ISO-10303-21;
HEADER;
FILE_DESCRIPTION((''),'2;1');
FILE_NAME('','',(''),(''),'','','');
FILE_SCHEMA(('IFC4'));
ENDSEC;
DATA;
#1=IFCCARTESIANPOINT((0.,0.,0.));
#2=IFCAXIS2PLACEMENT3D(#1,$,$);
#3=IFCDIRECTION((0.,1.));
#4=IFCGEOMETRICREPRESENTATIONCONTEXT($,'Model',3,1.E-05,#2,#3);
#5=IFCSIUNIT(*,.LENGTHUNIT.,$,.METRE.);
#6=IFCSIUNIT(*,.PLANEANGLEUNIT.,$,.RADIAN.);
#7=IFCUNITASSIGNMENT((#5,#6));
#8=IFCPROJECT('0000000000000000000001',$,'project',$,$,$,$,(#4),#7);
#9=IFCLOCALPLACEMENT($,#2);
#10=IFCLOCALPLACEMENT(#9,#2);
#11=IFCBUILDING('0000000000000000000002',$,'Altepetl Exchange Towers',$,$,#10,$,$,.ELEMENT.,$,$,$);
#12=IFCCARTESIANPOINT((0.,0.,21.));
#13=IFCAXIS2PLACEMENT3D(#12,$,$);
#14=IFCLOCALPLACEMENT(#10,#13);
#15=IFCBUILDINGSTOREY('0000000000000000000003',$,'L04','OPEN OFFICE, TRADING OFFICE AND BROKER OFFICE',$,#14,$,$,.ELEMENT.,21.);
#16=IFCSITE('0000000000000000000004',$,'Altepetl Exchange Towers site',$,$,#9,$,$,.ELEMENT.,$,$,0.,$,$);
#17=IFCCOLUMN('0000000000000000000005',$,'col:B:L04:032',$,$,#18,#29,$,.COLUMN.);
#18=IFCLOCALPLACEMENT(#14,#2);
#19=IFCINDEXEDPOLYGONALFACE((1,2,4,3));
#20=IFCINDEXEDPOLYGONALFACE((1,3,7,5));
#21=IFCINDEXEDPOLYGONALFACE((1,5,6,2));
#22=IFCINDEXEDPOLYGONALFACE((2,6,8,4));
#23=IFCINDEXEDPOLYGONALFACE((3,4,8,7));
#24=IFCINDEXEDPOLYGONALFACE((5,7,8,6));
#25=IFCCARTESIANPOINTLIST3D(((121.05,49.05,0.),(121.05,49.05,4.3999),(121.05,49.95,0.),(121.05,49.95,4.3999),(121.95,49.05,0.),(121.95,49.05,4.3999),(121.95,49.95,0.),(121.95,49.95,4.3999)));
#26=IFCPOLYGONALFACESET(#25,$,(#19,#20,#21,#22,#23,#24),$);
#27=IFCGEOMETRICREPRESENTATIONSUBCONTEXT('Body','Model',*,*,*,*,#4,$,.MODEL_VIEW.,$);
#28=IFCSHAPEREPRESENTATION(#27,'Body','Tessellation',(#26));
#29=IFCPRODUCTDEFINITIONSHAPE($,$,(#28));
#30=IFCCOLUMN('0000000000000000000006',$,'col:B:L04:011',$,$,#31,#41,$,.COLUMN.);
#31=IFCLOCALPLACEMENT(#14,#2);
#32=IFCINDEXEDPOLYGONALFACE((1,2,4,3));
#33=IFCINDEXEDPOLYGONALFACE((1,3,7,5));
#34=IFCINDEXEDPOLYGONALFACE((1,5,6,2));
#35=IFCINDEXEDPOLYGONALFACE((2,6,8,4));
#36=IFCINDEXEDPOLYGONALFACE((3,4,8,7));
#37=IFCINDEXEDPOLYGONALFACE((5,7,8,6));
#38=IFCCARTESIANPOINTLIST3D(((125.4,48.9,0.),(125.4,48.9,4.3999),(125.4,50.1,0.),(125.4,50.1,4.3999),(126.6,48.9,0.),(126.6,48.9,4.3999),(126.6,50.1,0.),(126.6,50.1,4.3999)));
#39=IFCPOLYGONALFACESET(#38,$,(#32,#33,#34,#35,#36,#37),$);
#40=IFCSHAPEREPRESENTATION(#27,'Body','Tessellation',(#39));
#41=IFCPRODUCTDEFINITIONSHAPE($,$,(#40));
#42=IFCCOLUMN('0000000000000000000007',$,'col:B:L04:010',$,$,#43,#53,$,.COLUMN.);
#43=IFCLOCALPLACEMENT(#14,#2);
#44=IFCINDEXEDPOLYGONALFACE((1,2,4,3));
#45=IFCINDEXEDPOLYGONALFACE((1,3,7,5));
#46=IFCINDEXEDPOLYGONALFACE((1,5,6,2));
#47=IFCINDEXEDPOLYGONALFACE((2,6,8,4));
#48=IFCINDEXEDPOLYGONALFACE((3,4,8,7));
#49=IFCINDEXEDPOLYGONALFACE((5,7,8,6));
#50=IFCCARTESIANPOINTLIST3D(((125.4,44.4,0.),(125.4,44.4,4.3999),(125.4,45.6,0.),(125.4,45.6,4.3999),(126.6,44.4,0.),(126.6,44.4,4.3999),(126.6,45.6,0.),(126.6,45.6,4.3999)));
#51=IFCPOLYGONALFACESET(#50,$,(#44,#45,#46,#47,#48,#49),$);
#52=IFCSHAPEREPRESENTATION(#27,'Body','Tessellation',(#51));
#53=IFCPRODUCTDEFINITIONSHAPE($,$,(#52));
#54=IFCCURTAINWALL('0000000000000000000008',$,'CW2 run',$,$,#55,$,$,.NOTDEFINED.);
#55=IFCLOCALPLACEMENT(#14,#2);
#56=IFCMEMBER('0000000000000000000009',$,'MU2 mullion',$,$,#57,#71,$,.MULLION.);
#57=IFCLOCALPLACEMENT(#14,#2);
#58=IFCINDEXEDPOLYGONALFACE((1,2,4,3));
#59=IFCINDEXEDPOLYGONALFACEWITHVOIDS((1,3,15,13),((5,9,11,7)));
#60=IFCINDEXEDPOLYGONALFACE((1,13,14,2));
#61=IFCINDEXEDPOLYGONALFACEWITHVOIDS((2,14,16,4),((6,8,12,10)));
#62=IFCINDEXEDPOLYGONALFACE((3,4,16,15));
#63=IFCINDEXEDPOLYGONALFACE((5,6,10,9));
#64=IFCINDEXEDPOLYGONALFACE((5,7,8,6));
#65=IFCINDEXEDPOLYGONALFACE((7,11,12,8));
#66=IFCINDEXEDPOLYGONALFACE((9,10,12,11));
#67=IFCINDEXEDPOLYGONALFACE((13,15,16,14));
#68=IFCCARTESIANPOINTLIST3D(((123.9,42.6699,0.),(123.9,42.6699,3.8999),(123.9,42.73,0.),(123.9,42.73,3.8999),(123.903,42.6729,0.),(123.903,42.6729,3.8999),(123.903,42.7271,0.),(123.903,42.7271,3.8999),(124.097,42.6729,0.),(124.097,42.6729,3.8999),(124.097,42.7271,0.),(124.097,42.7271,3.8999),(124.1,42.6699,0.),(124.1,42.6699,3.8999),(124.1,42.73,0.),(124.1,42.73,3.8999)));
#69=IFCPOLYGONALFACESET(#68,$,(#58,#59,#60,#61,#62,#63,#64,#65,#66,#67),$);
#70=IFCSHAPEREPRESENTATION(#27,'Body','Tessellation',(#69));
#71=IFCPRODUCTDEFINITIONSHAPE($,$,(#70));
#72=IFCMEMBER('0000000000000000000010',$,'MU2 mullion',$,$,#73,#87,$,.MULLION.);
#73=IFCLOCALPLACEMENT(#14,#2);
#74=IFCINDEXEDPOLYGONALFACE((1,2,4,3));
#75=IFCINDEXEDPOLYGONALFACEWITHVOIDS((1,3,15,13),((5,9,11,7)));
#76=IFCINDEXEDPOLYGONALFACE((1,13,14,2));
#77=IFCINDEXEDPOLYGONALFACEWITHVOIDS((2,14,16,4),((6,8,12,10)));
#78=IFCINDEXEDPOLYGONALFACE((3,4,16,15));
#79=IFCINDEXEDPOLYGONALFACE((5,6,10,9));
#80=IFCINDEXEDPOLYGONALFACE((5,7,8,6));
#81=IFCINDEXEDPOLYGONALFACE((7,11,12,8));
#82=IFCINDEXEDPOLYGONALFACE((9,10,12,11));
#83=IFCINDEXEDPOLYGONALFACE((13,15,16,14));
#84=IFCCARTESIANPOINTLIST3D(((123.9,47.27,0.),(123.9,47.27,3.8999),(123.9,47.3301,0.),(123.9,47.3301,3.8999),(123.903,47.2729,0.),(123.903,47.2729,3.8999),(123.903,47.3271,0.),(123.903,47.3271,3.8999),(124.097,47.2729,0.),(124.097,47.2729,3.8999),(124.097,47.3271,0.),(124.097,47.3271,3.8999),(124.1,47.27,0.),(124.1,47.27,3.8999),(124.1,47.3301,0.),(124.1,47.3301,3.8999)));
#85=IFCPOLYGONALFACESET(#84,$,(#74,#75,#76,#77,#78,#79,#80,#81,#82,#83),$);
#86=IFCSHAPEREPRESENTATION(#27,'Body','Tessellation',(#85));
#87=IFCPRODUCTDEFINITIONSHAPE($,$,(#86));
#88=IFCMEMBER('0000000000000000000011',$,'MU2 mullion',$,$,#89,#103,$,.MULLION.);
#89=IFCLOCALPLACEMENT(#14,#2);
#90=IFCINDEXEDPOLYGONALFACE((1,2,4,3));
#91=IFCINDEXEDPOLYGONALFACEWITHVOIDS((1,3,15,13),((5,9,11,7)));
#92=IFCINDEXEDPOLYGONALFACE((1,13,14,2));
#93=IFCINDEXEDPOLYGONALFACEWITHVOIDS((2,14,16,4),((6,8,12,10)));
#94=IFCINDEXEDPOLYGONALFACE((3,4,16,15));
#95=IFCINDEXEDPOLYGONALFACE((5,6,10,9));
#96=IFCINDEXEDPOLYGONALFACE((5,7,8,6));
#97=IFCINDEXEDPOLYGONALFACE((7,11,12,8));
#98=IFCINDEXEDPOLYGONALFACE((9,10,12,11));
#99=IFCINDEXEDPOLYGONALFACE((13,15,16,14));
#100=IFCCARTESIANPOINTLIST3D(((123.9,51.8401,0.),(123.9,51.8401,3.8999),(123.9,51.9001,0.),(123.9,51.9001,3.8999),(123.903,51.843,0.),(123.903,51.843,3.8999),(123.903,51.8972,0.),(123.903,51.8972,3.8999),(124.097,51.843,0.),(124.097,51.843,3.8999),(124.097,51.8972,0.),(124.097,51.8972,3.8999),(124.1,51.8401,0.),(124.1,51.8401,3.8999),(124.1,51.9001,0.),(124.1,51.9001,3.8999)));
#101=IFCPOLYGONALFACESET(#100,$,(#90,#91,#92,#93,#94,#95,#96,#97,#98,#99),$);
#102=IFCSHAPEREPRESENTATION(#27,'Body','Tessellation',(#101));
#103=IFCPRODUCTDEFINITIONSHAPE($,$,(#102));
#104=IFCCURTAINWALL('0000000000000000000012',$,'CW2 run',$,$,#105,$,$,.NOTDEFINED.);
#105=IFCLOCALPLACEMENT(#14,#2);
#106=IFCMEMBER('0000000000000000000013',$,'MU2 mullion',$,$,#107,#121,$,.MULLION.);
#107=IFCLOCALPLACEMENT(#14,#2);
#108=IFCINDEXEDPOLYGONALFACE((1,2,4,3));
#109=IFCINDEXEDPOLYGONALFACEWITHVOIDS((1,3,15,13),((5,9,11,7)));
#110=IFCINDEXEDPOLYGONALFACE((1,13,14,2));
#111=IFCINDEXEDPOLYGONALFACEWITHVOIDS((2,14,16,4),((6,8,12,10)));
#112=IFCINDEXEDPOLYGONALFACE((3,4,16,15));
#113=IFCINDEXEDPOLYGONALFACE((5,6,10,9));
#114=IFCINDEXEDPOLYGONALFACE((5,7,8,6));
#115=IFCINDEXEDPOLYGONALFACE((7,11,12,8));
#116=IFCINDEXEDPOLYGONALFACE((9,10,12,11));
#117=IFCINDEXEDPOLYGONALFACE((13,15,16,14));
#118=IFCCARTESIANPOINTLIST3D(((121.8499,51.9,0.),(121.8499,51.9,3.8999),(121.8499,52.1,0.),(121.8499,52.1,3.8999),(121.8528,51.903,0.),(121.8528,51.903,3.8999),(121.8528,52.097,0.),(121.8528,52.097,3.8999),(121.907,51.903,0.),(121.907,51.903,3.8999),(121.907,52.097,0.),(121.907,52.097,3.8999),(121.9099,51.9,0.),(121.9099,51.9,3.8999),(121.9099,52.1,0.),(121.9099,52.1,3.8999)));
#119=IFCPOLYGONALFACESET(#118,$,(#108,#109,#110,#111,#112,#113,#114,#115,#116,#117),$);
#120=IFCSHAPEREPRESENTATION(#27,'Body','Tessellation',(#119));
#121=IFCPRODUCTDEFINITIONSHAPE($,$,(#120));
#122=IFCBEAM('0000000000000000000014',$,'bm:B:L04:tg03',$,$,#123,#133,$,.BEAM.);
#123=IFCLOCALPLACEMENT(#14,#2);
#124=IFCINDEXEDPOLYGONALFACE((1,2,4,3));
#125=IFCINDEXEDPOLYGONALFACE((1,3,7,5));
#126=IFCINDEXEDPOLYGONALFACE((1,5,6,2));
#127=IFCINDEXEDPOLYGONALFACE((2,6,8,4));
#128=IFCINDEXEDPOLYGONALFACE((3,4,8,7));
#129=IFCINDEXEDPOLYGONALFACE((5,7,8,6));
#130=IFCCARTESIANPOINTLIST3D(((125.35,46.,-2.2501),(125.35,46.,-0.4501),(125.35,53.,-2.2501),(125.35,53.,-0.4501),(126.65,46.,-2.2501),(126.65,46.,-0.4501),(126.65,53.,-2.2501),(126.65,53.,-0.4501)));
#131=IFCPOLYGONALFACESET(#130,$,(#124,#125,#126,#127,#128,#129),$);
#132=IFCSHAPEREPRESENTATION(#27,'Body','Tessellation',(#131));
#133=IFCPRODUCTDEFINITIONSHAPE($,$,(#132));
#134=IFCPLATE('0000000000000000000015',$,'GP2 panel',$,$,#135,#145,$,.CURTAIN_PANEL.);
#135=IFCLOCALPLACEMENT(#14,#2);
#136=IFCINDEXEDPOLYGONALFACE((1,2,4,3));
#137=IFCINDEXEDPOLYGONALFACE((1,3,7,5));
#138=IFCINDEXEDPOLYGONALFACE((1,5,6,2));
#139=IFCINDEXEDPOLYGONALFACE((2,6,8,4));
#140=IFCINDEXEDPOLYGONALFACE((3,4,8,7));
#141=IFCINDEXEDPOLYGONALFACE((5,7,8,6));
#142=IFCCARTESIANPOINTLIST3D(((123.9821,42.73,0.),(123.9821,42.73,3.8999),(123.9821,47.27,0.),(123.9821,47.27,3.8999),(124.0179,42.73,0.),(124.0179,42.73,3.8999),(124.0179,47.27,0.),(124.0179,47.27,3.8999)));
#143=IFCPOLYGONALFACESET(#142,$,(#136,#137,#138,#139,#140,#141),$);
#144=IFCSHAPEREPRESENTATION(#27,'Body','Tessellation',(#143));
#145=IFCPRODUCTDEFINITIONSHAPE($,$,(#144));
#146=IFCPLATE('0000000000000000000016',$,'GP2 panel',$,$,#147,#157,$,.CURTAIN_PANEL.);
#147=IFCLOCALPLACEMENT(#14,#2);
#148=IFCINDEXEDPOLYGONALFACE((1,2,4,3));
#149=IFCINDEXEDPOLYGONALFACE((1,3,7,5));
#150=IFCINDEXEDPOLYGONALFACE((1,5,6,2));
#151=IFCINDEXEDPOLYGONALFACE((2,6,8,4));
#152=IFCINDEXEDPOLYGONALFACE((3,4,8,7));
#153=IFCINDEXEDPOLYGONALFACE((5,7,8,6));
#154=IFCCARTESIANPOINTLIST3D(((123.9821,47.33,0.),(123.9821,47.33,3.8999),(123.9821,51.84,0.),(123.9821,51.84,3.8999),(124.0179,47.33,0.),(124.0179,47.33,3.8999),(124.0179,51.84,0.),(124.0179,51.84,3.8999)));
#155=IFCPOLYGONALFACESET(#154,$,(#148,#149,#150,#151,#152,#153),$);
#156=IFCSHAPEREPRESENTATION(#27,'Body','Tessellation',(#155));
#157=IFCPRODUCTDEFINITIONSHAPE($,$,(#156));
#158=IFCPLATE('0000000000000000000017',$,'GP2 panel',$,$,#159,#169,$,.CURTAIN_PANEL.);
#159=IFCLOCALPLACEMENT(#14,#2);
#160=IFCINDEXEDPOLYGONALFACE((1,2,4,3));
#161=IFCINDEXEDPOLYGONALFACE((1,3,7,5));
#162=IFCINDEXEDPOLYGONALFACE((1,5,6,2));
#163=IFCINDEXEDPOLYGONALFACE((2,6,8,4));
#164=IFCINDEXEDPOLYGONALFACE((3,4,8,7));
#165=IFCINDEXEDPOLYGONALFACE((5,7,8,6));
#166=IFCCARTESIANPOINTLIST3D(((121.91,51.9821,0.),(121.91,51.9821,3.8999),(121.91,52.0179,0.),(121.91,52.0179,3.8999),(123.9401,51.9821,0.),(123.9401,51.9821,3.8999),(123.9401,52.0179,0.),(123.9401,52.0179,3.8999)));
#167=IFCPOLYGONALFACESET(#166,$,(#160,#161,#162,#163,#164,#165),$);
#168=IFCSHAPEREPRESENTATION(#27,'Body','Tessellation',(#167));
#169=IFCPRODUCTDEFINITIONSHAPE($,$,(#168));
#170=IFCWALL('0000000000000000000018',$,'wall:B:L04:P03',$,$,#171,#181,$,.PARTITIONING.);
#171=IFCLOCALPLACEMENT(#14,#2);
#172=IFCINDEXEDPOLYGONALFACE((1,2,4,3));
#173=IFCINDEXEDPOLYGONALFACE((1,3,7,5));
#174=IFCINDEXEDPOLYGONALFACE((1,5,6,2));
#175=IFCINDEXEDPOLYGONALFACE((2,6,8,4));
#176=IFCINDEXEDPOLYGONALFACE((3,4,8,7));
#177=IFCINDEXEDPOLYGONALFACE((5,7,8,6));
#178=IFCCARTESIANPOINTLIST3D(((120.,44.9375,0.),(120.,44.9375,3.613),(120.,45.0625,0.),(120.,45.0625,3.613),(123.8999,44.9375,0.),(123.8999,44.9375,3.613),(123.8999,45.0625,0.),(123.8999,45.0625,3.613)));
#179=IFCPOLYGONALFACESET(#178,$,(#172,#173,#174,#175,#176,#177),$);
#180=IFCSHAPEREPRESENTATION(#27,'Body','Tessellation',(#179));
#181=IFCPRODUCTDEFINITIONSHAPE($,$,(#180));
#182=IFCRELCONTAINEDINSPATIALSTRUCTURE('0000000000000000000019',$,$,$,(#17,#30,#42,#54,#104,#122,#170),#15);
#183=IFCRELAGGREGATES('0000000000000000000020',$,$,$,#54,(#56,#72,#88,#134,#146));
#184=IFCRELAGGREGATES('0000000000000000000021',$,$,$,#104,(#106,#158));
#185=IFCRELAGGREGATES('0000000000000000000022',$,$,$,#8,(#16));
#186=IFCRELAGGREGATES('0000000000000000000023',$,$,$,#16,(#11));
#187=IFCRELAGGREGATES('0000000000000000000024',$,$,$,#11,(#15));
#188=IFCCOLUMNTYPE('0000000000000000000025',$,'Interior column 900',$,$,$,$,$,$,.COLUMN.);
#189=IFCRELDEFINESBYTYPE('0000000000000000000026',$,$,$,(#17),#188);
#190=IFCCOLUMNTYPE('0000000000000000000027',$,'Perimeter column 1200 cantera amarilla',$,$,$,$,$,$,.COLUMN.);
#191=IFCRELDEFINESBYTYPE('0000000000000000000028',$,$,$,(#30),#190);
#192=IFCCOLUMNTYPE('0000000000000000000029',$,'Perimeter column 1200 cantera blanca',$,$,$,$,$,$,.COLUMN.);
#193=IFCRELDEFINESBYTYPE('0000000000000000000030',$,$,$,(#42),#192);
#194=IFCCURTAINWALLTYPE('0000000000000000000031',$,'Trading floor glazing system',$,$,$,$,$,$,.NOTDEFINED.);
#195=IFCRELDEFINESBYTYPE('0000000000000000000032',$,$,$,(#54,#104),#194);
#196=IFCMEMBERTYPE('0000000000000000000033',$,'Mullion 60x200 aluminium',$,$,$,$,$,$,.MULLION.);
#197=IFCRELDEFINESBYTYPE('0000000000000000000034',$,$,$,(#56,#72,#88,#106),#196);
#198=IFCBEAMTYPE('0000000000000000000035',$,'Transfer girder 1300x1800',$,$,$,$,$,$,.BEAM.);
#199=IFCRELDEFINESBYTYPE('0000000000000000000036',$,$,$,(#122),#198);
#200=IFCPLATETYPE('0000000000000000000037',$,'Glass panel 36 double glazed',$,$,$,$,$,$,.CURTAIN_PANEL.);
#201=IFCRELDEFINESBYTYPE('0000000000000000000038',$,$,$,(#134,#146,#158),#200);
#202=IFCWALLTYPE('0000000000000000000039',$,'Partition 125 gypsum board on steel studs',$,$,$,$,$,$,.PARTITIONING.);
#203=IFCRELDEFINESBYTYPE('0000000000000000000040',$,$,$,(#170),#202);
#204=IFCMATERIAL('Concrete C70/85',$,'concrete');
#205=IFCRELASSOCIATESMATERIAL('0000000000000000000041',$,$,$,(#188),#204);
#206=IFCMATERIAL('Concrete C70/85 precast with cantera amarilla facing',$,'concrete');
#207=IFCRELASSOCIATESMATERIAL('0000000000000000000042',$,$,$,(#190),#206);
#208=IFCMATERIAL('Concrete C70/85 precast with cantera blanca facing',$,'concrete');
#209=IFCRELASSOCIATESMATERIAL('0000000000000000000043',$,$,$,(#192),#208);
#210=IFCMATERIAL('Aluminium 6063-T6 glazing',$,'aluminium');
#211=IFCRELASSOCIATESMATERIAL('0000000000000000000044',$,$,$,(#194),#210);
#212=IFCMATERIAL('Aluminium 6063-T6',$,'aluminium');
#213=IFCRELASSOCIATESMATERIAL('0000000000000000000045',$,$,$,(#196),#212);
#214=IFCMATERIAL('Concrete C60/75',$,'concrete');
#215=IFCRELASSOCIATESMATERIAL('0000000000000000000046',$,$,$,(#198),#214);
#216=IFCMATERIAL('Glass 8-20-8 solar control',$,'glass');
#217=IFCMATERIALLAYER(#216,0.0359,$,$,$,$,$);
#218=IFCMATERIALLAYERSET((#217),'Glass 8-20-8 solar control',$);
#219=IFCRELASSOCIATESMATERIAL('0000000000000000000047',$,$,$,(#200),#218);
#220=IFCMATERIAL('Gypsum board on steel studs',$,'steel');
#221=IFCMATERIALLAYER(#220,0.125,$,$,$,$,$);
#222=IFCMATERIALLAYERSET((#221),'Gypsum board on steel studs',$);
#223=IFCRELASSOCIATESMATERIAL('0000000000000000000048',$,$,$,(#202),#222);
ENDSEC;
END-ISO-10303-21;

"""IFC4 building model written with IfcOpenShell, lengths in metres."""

from ifc_helpers import new_model, si_unit, direction, frame, frame_2d, origin, origin_2d, place, context, subcontext, project, spatial, rectangle, hollow_rectangle, extrude, material, layer, layer_set, material_profile, profile_set, type_object, element, aggregate, save


model = new_model("IFC4")

# Units and contexts
model_context = context("Model", 3, precision=1e-05, world=origin(), true_north=direction((0.0, 1.0)))
body_context = subcontext(model_context, "Body", "Model", "MODEL_VIEW")
ifc_project = project(units=[si_unit("LENGTHUNIT", "METRE"), si_unit("PLANEANGLEUNIT", "RADIAN")], contexts=[model_context])

# Site, building, storey
site_placement = place(None, origin())
site = spatial("IfcSite", under=ifc_project, at=site_placement, Name="Altepetl Exchange Towers site", CompositionType="ELEMENT", RefElevation=0.0)
building_placement = place(site_placement, origin())
building = spatial("IfcBuilding", under=site, at=building_placement, Name="Altepetl Exchange Towers", CompositionType="ELEMENT")
storey_placement = place(building_placement, frame((0.0, 0.0, 21.0)))
storey = spatial("IfcBuildingStorey", under=building, at=storey_placement, Name="L04", Description="OPEN OFFICE, TRADING OFFICE AND BROKER OFFICE", CompositionType="ELEMENT", Elevation=21.0)

# Columns
ifc_material_1 = material(Name="Concrete C70/85", Category="concrete")
ifc_material_profile_1 = material_profile(ifc_material_1, rectangle(XDim=0.8999, YDim=0.8999, at=origin_2d()), Name="900 x 900")
ifc_profile_set_1 = profile_set([ifc_material_profile_1], Name="Concrete C70/85")
column_type_1 = type_object("IfcColumnType", Name="Interior column 900", PredefinedType="COLUMN", material=ifc_profile_set_1)
column_1_placement = place(storey_placement, frame((121.5, 49.5, 0.0)))
element("IfcColumn", 1, at=column_1_placement, inside=storey, type_object=column_type_1, Name="col:B:L04:032", PredefinedType="COLUMN", context=body_context, shape_type="SweptSolid", body=[
    extrude(rectangle(XDim=0.8999, YDim=0.8999, at=origin_2d()), origin(), (0.0, 0.0, 1.0), 4.3999),
])
ifc_material_2 = material(Name="Concrete C70/85 precast with cantera amarilla facing", Category="concrete")
ifc_material_profile_2 = material_profile(ifc_material_2, rectangle(XDim=1.2, YDim=1.2, at=origin_2d()), Name="1200 x 1200")
ifc_profile_set_2 = profile_set([ifc_material_profile_2], Name="Concrete C70/85 precast with cantera amarilla facing")
column_type_2 = type_object("IfcColumnType", Name="Perimeter column 1200 cantera amarilla", PredefinedType="COLUMN", material=ifc_profile_set_2)
column_2_placement = place(storey_placement, frame((126.0, 49.5, 0.0)))
element("IfcColumn", 2, at=column_2_placement, inside=storey, type_object=column_type_2, Name="col:B:L04:011", PredefinedType="COLUMN", context=body_context, shape_type="SweptSolid", body=[
    extrude(rectangle(XDim=1.2, YDim=1.2, at=origin_2d()), origin(), (0.0, 0.0, 1.0), 4.3999),
])
ifc_material_3 = material(Name="Concrete C70/85 precast with cantera blanca facing", Category="concrete")
ifc_material_profile_3 = material_profile(ifc_material_3, rectangle(XDim=1.2, YDim=1.2, at=origin_2d()), Name="1200 x 1200")
ifc_profile_set_3 = profile_set([ifc_material_profile_3], Name="Concrete C70/85 precast with cantera blanca facing")
column_type_3 = type_object("IfcColumnType", Name="Perimeter column 1200 cantera blanca", PredefinedType="COLUMN", material=ifc_profile_set_3)
column_3_placement = place(storey_placement, frame((126.0, 45.0, 0.0)))
element("IfcColumn", 3, at=column_3_placement, inside=storey, type_object=column_type_3, Name="col:B:L04:010", PredefinedType="COLUMN", context=body_context, shape_type="SweptSolid", body=[
    extrude(rectangle(XDim=1.2, YDim=1.2, at=origin_2d()), origin(), (0.0, 0.0, 1.0), 4.3999),
])

# Curtain wall, members
ifc_material_4 = material(Name="Aluminium 6063-T6 glazing", Category="aluminium")
curtain_wall_type = type_object("IfcCurtainWallType", Name="Trading floor glazing system", PredefinedType="NOTDEFINED", material=ifc_material_4)
curtain_wall_1_placement = place(storey_placement, origin())
curtain_wall_1 = element("IfcCurtainWall", 4, at=curtain_wall_1_placement, inside=storey, type_object=curtain_wall_type, Name="CW2 run", PredefinedType="NOTDEFINED")
ifc_material_5 = material(Name="Aluminium 6063-T6", Category="aluminium")
ifc_material_profile_4 = material_profile(ifc_material_5, hollow_rectangle(XDim=0.0601, YDim=0.2, WallThickness=0.0029, at=origin_2d()), Name="Mullion 60x200 aluminium")
ifc_profile_set_4 = profile_set([ifc_material_profile_4], Name="Aluminium 6063-T6")
member_type = type_object("IfcMemberType", Name="Mullion 60x200 aluminium", PredefinedType="MULLION", material=ifc_profile_set_4)
member_1_placement = place(storey_placement, frame((124.0, 42.7, 0.0), z_axis=(0.0, 0.0, 1.0), x_axis=(0.0, 1.0, 0.0)))
member_1 = element("IfcMember", 5, at=member_1_placement, type_object=member_type, Name="MU2 mullion", PredefinedType="MULLION", context=body_context, shape_type="SweptSolid", body=[
    extrude(hollow_rectangle(XDim=0.0601, YDim=0.2, WallThickness=0.0029, at=origin_2d()), origin(), (0.0, 0.0, 1.0), 3.8999),
])
member_2_placement = place(storey_placement, frame((124.0, 47.3, 0.0), z_axis=(0.0, 0.0, 1.0), x_axis=(0.0, 1.0, 0.0)))
member_2 = element("IfcMember", 6, at=member_2_placement, type_object=member_type, Name="MU2 mullion", PredefinedType="MULLION", context=body_context, shape_type="SweptSolid", body=[
    extrude(hollow_rectangle(XDim=0.0601, YDim=0.2, WallThickness=0.0029, at=origin_2d()), origin(), (0.0, 0.0, 1.0), 3.8999),
])
member_3_placement = place(storey_placement, frame((124.0, 51.8701, 0.0), z_axis=(0.0, 0.0, 1.0), x_axis=(0.0, 1.0, 0.0)))
member_3 = element("IfcMember", 7, at=member_3_placement, type_object=member_type, Name="MU2 mullion", PredefinedType="MULLION", context=body_context, shape_type="SweptSolid", body=[
    extrude(hollow_rectangle(XDim=0.0601, YDim=0.2, WallThickness=0.0029, at=origin_2d()), origin(), (0.0, 0.0, 1.0), 3.8999),
])

# Curtain wall, member
curtain_wall_2_placement = place(storey_placement, origin())
curtain_wall_2 = element("IfcCurtainWall", 8, at=curtain_wall_2_placement, inside=storey, type_object=curtain_wall_type, Name="CW2 run", PredefinedType="NOTDEFINED")
member_4_placement = place(storey_placement, frame((121.8799, 52.0, 0.0), z_axis=(0.0, 0.0, 1.0), x_axis=(-1.0, 0.0, 0.0)))
member_4 = element("IfcMember", 9, at=member_4_placement, type_object=member_type, Name="MU2 mullion", PredefinedType="MULLION", context=body_context, shape_type="SweptSolid", body=[
    extrude(hollow_rectangle(XDim=0.0601, YDim=0.2, WallThickness=0.0029, at=origin_2d()), origin(), (0.0, 0.0, 1.0), 3.8999),
])

# Beam
ifc_material_6 = material(Name="Concrete C60/75", Category="concrete")
ifc_material_profile_5 = material_profile(ifc_material_6, rectangle(XDim=1.3, YDim=1.8, at=origin_2d()), Name="1300 x 1800")
ifc_profile_set_5 = profile_set([ifc_material_profile_5], Name="Concrete C60/75")
beam_type = type_object("IfcBeamType", Name="Transfer girder 1300x1800", PredefinedType="BEAM", material=ifc_profile_set_5)
beam_placement = place(storey_placement, frame((126.0, 46.0, -1.3501), z_axis=(0.0, 1.0, 0.0), x_axis=(-1.0, 0.0, 0.0)))
element("IfcBeam", 10, at=beam_placement, inside=storey, type_object=beam_type, Name="bm:B:L04:tg03", PredefinedType="BEAM", context=body_context, shape_type="SweptSolid", body=[
    extrude(rectangle(XDim=1.3, YDim=1.8, at=origin_2d()), origin(), (0.0, 0.0, 1.0), 7.0),
])

# Plates
ifc_material_7 = material(Name="Glass 8-20-8 solar control", Category="glass")
ifc_layer_1 = layer(ifc_material_7, 0.0359)
ifc_layer_set_1 = layer_set([ifc_layer_1], Name="Glass 8-20-8 solar control")
plate_type = type_object("IfcPlateType", Name="Glass panel 36 double glazed", PredefinedType="CURTAIN_PANEL", material=ifc_layer_set_1)
plate_1_placement = place(storey_placement, frame((124.0, 45.0, 0.0), z_axis=(0.0, 0.0, 1.0), x_axis=(0.0, 1.0, 0.0)))
plate_1 = element("IfcPlate", 11, at=plate_1_placement, type_object=plate_type, Name="GP2 panel", PredefinedType="CURTAIN_PANEL", context=body_context, shape_type="SweptSolid", body=[
    extrude(rectangle(XDim=4.54, YDim=0.0359, at=origin_2d()), origin(), (0.0, 0.0, 1.0), 3.8999),
])
plate_2_placement = place(storey_placement, frame((124.0, 49.585, 0.0), z_axis=(0.0, 0.0, 1.0), x_axis=(0.0, 1.0, 0.0)))
plate_2 = element("IfcPlate", 12, at=plate_2_placement, type_object=plate_type, Name="GP2 panel", PredefinedType="CURTAIN_PANEL", context=body_context, shape_type="SweptSolid", body=[
    extrude(rectangle(XDim=4.51, YDim=0.0359, at=origin_2d()), origin(), (0.0, 0.0, 1.0), 3.8999),
])
aggregate(curtain_wall_1, [member_1, member_2, member_3, plate_1, plate_2])
plate_3_placement = place(storey_placement, frame((122.925, 52.0, 0.0), z_axis=(0.0, 0.0, 1.0), x_axis=(-1.0, 0.0, 0.0)))
plate_3 = element("IfcPlate", 13, at=plate_3_placement, type_object=plate_type, Name="GP2 panel", PredefinedType="CURTAIN_PANEL", context=body_context, shape_type="SweptSolid", body=[
    extrude(rectangle(XDim=2.03, YDim=0.0359, at=origin_2d()), origin(), (0.0, 0.0, 1.0), 3.8999),
])
aggregate(curtain_wall_2, [member_4, plate_3])

# Wall
ifc_material_8 = material(Name="Gypsum board on steel studs", Category="steel")
ifc_layer_2 = layer(ifc_material_8, 0.125)
ifc_layer_set_2 = layer_set([ifc_layer_2], Name="Gypsum board on steel studs")
wall_type = type_object("IfcWallType", Name="Partition 125 gypsum board on steel studs", PredefinedType="PARTITIONING", material=ifc_layer_set_2)
wall_placement = place(storey_placement, frame((120.0, 45.0, 0.0)))
element("IfcWall", 14, at=wall_placement, inside=storey, type_object=wall_type, Name="wall:B:L04:P03", PredefinedType="PARTITIONING", context=body_context, shape_type="SweptSolid", body=[
    extrude(rectangle(XDim=3.8999, YDim=0.125, at=frame_2d((1.95, 0.0))), origin(), (0.0, 0.0, 1.0), 3.613),
])

save(model, "model.ifc")
